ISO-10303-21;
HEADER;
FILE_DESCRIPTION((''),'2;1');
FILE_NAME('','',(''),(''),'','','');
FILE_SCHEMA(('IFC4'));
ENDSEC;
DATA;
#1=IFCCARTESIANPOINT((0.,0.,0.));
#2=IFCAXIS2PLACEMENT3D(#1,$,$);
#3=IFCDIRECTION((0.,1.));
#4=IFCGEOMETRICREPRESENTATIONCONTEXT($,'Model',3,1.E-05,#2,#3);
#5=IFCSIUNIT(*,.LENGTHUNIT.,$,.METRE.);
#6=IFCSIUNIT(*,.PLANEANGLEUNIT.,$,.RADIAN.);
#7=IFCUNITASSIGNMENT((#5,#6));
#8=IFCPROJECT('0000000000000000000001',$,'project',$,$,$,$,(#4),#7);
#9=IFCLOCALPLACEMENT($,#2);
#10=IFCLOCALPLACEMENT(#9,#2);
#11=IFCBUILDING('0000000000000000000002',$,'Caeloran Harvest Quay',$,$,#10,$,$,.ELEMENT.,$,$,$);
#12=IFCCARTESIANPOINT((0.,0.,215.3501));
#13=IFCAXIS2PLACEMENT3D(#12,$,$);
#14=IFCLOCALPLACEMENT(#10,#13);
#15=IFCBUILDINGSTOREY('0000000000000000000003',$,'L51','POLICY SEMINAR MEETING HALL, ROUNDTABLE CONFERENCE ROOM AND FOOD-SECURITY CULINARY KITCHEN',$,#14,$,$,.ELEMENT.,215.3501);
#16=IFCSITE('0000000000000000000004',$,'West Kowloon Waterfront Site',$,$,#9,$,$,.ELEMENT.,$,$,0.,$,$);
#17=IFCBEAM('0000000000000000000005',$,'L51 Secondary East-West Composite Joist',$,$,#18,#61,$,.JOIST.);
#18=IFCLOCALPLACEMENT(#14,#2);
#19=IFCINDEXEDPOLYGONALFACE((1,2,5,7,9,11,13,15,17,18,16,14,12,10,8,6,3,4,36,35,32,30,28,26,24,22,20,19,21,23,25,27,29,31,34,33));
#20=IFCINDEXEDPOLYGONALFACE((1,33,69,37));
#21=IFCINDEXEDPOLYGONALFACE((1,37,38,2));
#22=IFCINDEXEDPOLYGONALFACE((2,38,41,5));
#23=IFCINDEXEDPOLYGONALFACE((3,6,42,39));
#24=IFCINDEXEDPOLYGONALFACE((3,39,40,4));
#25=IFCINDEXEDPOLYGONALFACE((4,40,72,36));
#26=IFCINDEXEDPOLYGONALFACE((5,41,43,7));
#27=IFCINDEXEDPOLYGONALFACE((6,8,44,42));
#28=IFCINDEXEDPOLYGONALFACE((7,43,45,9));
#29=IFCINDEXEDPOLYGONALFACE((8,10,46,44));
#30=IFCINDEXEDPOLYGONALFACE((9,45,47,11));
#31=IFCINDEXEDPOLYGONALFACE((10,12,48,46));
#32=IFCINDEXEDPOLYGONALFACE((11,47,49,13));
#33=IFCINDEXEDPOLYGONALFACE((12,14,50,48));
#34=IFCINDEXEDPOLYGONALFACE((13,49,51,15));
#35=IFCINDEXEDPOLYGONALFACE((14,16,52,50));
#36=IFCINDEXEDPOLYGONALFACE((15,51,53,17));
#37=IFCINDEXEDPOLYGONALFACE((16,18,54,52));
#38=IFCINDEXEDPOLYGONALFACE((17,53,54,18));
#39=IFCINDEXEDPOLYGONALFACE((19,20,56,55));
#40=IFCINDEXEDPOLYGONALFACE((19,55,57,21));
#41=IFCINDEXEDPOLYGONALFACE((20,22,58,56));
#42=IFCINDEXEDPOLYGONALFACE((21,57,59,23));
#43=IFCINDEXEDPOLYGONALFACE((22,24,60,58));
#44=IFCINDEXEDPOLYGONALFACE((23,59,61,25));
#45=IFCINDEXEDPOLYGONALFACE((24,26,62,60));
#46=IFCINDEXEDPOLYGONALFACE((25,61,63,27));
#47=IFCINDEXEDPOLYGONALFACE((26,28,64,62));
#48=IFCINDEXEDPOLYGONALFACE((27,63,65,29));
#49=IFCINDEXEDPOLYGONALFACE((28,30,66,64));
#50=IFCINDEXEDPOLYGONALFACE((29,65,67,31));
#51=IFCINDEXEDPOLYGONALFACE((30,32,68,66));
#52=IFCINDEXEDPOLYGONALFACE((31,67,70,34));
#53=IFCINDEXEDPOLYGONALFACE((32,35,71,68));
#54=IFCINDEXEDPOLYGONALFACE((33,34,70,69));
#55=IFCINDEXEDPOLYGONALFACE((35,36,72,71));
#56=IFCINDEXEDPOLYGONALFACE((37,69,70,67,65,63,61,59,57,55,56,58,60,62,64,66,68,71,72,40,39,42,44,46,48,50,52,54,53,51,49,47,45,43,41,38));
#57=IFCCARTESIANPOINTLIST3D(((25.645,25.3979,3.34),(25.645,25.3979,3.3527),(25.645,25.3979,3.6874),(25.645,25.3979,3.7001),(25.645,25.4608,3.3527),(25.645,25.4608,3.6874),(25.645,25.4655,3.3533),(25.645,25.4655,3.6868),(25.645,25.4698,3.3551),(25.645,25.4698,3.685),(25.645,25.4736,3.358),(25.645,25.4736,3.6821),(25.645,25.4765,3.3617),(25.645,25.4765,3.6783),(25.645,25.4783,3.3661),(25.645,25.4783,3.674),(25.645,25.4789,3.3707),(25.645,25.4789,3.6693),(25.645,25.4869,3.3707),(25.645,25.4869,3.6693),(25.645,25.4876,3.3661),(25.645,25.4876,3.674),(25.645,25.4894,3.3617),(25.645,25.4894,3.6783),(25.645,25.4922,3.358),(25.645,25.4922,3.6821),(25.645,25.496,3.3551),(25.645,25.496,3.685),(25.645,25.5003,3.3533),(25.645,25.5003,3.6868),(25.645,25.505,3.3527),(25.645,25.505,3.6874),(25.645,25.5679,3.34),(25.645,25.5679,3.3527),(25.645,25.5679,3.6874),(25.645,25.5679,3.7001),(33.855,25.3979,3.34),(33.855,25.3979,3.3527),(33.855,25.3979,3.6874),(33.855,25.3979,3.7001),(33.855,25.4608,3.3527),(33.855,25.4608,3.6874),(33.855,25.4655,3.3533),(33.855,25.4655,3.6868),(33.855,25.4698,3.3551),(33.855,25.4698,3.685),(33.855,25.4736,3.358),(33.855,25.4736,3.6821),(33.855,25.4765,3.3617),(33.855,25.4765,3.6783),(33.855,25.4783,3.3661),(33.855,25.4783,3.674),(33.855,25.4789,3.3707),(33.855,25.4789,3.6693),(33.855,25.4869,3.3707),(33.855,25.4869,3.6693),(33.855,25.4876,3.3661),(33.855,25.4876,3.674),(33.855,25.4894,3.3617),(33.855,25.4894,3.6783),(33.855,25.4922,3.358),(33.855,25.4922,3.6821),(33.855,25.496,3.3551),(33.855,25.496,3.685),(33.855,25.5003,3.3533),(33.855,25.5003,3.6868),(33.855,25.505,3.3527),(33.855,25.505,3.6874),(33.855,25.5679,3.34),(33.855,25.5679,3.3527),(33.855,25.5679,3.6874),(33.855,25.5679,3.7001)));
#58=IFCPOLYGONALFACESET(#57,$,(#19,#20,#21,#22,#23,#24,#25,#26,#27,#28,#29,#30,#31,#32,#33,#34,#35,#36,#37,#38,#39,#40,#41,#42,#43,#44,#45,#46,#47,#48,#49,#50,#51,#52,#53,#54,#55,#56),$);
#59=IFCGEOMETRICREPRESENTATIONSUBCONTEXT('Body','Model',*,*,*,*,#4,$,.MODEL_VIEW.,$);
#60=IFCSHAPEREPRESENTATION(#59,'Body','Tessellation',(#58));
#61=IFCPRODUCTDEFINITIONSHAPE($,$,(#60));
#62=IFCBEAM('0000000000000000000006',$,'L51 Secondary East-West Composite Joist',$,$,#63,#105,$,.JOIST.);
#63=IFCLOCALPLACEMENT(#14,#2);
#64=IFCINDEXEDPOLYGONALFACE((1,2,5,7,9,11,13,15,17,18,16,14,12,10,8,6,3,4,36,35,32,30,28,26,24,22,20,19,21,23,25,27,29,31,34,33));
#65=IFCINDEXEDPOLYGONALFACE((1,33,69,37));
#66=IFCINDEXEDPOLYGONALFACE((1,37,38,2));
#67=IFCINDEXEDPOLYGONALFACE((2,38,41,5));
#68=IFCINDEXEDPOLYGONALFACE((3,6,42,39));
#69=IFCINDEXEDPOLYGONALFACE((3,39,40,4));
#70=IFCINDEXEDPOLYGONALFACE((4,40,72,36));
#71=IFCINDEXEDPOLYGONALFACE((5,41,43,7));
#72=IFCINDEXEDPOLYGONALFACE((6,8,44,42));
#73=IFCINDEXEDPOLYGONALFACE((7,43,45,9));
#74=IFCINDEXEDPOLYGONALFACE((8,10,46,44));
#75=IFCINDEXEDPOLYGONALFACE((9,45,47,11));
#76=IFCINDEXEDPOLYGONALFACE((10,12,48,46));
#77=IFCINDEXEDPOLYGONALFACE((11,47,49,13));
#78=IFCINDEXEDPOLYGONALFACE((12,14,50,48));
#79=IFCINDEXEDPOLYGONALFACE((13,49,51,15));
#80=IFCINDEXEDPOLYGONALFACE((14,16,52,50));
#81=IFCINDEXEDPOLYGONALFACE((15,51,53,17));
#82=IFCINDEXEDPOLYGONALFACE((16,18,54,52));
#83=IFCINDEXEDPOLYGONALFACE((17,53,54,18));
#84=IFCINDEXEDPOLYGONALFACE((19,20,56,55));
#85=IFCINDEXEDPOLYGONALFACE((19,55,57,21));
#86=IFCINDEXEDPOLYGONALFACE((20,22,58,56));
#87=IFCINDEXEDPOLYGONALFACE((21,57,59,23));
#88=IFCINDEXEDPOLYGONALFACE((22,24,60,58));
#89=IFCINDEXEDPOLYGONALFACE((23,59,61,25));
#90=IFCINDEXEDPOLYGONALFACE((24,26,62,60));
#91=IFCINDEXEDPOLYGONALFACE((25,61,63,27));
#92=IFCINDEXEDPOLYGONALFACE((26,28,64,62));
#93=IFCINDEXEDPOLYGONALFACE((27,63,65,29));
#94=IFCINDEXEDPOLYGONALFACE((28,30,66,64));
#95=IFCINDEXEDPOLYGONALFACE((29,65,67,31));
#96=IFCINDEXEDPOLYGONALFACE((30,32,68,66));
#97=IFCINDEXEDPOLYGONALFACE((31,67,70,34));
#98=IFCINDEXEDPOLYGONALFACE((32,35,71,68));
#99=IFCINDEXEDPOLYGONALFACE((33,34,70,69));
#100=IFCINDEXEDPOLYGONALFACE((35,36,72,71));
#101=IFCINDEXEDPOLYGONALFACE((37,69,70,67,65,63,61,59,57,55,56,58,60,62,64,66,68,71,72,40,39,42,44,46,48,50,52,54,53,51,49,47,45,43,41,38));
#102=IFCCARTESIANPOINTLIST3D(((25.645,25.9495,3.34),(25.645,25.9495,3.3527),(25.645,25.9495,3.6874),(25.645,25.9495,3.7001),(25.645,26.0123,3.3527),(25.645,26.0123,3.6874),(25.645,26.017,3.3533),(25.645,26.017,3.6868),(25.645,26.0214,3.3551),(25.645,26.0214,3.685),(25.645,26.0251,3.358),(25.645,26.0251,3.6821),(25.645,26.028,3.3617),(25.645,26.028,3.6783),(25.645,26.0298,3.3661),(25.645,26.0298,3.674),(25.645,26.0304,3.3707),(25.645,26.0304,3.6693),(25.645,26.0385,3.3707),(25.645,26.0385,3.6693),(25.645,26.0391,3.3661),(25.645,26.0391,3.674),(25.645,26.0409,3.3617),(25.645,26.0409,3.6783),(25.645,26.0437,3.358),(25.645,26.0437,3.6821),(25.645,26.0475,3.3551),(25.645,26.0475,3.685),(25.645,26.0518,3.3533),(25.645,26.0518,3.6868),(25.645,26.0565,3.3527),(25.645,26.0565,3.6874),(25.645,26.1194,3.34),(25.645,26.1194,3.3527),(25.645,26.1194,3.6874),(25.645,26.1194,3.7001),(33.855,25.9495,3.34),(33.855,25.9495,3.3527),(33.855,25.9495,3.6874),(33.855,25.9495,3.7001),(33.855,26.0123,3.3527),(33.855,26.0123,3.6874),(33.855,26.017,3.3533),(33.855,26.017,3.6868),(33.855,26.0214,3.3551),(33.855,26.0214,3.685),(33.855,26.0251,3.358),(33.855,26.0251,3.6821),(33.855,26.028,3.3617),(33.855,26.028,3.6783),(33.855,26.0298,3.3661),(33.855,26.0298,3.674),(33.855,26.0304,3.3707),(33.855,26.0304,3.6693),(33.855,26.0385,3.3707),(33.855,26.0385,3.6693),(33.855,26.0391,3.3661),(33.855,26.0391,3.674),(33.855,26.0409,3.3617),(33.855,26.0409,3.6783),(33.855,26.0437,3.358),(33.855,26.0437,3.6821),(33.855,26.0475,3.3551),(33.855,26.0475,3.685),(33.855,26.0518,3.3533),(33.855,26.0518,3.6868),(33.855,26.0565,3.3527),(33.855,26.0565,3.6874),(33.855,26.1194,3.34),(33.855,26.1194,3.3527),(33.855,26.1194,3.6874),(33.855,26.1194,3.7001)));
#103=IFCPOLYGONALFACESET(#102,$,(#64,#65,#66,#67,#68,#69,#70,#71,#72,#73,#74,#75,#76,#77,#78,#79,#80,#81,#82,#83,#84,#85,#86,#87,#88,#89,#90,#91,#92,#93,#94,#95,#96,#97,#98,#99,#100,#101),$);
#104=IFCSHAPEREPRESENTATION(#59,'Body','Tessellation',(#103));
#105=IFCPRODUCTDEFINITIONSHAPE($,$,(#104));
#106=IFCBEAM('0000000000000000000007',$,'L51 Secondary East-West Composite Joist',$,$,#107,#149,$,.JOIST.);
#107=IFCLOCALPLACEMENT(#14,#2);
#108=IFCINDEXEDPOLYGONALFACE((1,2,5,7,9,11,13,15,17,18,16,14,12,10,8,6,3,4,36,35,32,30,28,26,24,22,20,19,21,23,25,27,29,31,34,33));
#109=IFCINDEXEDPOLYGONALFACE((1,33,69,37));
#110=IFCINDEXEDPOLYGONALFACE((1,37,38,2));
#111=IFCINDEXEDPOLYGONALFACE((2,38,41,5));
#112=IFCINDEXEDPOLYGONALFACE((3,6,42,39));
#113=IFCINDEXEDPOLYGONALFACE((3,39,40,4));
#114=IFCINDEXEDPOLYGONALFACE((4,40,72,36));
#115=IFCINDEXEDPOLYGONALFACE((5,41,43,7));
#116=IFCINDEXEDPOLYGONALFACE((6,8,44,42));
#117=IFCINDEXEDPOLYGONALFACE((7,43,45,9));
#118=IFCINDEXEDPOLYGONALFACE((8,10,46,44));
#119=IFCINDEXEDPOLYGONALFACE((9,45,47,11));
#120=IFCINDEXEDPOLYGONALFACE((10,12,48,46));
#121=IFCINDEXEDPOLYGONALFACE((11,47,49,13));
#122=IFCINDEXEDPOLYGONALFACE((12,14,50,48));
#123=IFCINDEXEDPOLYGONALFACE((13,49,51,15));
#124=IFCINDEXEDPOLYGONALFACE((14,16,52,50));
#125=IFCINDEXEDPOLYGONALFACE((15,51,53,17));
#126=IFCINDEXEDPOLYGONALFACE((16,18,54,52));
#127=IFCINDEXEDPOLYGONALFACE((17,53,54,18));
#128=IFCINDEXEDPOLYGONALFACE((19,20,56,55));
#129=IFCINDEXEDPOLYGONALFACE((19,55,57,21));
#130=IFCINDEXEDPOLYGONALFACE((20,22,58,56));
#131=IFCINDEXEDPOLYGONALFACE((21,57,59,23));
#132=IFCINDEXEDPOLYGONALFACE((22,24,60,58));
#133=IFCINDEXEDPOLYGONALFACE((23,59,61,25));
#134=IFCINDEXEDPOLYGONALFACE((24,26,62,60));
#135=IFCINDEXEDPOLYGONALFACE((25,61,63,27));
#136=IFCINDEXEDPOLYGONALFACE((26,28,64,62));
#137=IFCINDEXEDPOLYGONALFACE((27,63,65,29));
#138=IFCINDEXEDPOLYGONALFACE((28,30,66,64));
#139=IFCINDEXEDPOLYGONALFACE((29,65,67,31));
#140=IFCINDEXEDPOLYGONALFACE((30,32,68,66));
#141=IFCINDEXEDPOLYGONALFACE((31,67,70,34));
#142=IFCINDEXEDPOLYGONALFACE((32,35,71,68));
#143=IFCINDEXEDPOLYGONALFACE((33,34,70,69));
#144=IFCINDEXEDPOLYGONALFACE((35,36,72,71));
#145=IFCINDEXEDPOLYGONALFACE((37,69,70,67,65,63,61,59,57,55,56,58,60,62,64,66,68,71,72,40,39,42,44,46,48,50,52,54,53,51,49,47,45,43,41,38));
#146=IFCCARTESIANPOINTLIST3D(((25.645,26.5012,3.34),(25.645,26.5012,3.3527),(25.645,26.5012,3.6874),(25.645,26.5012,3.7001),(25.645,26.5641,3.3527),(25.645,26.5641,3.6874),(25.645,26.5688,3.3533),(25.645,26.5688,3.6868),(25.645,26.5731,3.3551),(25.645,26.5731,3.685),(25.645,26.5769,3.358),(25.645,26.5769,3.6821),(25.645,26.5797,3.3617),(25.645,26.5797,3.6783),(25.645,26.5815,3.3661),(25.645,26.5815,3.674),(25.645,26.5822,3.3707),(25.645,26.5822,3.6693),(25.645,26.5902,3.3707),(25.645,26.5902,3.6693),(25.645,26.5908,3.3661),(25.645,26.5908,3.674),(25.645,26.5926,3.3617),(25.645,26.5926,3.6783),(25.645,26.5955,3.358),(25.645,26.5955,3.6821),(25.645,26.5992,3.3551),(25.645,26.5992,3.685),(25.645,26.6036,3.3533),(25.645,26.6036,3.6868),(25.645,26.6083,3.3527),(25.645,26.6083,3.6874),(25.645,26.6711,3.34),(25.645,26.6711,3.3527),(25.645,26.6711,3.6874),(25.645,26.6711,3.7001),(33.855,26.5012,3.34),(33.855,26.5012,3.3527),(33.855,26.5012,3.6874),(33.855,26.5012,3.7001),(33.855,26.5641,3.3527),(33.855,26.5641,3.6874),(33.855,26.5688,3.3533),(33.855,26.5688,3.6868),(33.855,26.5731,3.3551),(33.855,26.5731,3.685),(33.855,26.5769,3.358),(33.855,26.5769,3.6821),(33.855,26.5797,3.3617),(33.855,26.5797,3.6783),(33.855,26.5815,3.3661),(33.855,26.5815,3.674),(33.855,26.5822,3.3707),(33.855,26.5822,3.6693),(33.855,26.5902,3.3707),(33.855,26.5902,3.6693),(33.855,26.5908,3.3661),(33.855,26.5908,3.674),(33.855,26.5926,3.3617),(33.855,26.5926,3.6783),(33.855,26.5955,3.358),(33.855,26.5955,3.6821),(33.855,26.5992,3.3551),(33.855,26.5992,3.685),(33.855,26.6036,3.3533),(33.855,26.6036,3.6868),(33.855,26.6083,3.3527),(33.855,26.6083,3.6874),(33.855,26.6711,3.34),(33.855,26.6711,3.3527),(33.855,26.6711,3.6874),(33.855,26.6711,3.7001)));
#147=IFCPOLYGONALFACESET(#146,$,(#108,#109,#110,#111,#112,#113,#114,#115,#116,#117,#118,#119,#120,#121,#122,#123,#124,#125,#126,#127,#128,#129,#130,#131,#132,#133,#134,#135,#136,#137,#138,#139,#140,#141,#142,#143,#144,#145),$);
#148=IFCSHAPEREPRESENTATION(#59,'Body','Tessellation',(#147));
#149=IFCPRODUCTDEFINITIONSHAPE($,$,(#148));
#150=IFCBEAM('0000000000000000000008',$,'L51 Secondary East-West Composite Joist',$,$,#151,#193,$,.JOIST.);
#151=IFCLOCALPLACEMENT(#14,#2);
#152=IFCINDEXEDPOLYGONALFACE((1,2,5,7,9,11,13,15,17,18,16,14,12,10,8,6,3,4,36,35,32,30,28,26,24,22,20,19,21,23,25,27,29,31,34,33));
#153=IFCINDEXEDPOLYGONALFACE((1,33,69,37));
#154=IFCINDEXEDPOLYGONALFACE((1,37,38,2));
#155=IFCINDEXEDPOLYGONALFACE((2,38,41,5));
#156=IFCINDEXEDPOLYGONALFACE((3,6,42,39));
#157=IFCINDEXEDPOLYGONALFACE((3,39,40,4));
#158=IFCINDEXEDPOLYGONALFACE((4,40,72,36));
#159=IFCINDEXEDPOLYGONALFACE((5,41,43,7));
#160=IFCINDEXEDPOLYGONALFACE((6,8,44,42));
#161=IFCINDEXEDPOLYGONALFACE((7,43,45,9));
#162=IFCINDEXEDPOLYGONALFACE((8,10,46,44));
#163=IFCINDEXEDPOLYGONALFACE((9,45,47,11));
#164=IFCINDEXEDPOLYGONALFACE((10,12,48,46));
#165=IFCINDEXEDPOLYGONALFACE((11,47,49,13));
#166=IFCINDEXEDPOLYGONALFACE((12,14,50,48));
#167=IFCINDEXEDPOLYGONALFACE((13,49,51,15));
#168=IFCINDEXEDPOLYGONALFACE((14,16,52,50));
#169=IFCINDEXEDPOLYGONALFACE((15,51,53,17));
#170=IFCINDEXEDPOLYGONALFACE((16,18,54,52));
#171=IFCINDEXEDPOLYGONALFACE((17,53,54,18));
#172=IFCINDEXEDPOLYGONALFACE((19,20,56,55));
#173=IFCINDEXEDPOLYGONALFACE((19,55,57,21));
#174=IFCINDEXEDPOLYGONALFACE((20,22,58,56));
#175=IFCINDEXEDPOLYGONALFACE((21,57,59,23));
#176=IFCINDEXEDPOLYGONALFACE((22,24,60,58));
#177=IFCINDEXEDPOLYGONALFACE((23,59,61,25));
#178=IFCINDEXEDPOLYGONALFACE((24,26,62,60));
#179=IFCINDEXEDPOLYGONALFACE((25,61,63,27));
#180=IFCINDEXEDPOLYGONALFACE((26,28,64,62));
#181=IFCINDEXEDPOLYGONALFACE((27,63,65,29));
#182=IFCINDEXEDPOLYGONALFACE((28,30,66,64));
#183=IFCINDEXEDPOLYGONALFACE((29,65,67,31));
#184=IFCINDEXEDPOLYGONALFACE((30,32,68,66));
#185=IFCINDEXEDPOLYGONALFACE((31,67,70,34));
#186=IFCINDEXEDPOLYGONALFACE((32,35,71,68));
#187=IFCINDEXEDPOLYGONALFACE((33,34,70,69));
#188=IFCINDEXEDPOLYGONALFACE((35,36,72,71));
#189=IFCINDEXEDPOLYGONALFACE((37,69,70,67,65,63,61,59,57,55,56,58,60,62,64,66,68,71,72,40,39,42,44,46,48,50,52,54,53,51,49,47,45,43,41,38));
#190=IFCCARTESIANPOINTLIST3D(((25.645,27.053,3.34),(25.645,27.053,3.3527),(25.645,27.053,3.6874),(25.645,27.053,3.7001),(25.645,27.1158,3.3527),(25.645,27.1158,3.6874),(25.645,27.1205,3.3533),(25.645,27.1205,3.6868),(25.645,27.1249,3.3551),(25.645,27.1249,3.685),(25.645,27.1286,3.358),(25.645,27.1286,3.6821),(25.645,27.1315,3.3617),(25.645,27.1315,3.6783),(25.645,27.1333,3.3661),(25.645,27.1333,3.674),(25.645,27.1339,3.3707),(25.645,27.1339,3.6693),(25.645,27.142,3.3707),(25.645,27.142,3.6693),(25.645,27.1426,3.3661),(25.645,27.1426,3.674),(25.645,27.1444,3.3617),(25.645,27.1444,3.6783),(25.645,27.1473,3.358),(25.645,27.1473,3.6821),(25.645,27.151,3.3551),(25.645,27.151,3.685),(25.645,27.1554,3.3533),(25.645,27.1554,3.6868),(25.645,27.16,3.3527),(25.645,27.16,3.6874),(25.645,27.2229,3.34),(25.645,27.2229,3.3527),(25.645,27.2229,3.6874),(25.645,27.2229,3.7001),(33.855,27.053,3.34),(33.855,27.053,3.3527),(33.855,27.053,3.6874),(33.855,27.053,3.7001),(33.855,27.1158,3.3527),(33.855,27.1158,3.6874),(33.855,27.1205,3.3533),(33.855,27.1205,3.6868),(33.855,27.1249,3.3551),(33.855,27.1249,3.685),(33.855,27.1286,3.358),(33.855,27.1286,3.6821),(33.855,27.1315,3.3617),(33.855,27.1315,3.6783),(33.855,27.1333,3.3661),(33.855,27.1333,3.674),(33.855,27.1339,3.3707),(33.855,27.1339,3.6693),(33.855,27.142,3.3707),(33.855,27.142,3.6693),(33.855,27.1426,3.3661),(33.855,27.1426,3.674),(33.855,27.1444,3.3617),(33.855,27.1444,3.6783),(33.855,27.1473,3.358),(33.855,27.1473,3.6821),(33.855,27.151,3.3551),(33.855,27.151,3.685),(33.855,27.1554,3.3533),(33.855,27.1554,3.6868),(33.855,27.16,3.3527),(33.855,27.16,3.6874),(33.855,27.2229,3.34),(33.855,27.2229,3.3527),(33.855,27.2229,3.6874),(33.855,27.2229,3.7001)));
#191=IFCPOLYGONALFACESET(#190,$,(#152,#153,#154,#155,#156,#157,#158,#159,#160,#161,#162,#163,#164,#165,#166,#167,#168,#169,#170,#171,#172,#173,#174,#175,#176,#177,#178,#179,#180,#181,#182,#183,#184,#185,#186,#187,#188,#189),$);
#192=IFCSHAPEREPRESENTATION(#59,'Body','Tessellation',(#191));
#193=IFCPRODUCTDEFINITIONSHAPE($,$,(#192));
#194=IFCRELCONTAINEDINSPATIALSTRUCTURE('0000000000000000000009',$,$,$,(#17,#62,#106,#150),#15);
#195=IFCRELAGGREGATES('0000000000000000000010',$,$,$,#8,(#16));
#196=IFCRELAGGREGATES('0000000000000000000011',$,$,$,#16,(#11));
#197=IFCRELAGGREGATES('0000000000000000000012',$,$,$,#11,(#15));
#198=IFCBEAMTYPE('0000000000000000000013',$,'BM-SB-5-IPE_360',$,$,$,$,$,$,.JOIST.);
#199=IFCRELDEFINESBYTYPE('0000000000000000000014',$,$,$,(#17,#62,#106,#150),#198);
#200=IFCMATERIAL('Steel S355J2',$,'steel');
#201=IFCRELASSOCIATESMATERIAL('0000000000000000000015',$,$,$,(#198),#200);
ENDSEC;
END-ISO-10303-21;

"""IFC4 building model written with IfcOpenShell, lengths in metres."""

from ifc_helpers import new_model, si_unit, direction, frame, origin, origin_2d, place, context, subcontext, project, spatial, i_section, extrude, material, material_profile, profile_set, type_object, element, save


model = new_model("IFC4")

# Units and contexts
model_context = context("Model", 3, precision=1e-05, world=origin(), true_north=direction((0.0, 1.0)))
body_context = subcontext(model_context, "Body", "Model", "MODEL_VIEW")
ifc_project = project(units=[si_unit("LENGTHUNIT", "METRE"), si_unit("PLANEANGLEUNIT", "RADIAN")], contexts=[model_context])

# Site, building, storey
site_placement = place(None, origin())
site = spatial("IfcSite", under=ifc_project, at=site_placement, Name="West Kowloon Waterfront Site", CompositionType="ELEMENT", RefElevation=0.0)
building_placement = place(site_placement, origin())
building = spatial("IfcBuilding", under=site, at=building_placement, Name="Caeloran Harvest Quay", CompositionType="ELEMENT")
storey_placement = place(building_placement, frame((0.0, 0.0, 215.3501)))
storey = spatial("IfcBuildingStorey", under=building, at=storey_placement, Name="L51", Description="POLICY SEMINAR MEETING HALL, ROUNDTABLE CONFERENCE ROOM AND FOOD-SECURITY CULINARY KITCHEN", CompositionType="ELEMENT", Elevation=215.3501)

# Beams
ifc_material_1 = material(Name="Steel S355J2", Category="steel")
ifc_material_profile_1 = material_profile(ifc_material_1, i_section(OverallWidth=0.1699, OverallDepth=0.3601, WebThickness=0.0081, FlangeThickness=0.0127, FilletRadius=0.0181, at=origin_2d()), Name="IPE 360")
ifc_profile_set_1 = profile_set([ifc_material_profile_1], Name="Steel S355J2")
beam_type_1 = type_object("IfcBeamType", Name="BM-SB-5-IPE_360", PredefinedType="JOIST", material=ifc_profile_set_1)
for number, where, z_axis, x_axis, name in (
    (1, (25.645, 25.4829, 3.52), (1.0, 0.0, 0.0), (0.0, 1.0, 0.0), "L51 Secondary East-West Composite Joist"),
    (2, (25.645, 26.0344, 3.52), (1.0, 0.0, 0.0), (0.0, 1.0, 0.0), "L51 Secondary East-West Composite Joist"),
    (3, (25.645, 26.5862, 3.52), (1.0, 0.0, 0.0), (0.0, 1.0, 0.0), "L51 Secondary East-West Composite Joist"),
    (4, (25.645, 27.1379, 3.52), (1.0, 0.0, 0.0), (0.0, 1.0, 0.0), "L51 Secondary East-West Composite Joist"),
):
    element("IfcBeam", number, at=place(storey_placement, frame(where, z_axis=z_axis, x_axis=x_axis)), inside=storey, type_object=beam_type_1, Name=name, PredefinedType="JOIST", context=body_context, shape_type="SweptSolid", body=[
        extrude(i_section(OverallWidth=0.1699, OverallDepth=0.3601, WebThickness=0.0081, FlangeThickness=0.0127, FilletRadius=0.0181, at=origin_2d()), origin(), (0.0, 0.0, 1.0), 8.21),
    ])

save(model, "model.ifc")
